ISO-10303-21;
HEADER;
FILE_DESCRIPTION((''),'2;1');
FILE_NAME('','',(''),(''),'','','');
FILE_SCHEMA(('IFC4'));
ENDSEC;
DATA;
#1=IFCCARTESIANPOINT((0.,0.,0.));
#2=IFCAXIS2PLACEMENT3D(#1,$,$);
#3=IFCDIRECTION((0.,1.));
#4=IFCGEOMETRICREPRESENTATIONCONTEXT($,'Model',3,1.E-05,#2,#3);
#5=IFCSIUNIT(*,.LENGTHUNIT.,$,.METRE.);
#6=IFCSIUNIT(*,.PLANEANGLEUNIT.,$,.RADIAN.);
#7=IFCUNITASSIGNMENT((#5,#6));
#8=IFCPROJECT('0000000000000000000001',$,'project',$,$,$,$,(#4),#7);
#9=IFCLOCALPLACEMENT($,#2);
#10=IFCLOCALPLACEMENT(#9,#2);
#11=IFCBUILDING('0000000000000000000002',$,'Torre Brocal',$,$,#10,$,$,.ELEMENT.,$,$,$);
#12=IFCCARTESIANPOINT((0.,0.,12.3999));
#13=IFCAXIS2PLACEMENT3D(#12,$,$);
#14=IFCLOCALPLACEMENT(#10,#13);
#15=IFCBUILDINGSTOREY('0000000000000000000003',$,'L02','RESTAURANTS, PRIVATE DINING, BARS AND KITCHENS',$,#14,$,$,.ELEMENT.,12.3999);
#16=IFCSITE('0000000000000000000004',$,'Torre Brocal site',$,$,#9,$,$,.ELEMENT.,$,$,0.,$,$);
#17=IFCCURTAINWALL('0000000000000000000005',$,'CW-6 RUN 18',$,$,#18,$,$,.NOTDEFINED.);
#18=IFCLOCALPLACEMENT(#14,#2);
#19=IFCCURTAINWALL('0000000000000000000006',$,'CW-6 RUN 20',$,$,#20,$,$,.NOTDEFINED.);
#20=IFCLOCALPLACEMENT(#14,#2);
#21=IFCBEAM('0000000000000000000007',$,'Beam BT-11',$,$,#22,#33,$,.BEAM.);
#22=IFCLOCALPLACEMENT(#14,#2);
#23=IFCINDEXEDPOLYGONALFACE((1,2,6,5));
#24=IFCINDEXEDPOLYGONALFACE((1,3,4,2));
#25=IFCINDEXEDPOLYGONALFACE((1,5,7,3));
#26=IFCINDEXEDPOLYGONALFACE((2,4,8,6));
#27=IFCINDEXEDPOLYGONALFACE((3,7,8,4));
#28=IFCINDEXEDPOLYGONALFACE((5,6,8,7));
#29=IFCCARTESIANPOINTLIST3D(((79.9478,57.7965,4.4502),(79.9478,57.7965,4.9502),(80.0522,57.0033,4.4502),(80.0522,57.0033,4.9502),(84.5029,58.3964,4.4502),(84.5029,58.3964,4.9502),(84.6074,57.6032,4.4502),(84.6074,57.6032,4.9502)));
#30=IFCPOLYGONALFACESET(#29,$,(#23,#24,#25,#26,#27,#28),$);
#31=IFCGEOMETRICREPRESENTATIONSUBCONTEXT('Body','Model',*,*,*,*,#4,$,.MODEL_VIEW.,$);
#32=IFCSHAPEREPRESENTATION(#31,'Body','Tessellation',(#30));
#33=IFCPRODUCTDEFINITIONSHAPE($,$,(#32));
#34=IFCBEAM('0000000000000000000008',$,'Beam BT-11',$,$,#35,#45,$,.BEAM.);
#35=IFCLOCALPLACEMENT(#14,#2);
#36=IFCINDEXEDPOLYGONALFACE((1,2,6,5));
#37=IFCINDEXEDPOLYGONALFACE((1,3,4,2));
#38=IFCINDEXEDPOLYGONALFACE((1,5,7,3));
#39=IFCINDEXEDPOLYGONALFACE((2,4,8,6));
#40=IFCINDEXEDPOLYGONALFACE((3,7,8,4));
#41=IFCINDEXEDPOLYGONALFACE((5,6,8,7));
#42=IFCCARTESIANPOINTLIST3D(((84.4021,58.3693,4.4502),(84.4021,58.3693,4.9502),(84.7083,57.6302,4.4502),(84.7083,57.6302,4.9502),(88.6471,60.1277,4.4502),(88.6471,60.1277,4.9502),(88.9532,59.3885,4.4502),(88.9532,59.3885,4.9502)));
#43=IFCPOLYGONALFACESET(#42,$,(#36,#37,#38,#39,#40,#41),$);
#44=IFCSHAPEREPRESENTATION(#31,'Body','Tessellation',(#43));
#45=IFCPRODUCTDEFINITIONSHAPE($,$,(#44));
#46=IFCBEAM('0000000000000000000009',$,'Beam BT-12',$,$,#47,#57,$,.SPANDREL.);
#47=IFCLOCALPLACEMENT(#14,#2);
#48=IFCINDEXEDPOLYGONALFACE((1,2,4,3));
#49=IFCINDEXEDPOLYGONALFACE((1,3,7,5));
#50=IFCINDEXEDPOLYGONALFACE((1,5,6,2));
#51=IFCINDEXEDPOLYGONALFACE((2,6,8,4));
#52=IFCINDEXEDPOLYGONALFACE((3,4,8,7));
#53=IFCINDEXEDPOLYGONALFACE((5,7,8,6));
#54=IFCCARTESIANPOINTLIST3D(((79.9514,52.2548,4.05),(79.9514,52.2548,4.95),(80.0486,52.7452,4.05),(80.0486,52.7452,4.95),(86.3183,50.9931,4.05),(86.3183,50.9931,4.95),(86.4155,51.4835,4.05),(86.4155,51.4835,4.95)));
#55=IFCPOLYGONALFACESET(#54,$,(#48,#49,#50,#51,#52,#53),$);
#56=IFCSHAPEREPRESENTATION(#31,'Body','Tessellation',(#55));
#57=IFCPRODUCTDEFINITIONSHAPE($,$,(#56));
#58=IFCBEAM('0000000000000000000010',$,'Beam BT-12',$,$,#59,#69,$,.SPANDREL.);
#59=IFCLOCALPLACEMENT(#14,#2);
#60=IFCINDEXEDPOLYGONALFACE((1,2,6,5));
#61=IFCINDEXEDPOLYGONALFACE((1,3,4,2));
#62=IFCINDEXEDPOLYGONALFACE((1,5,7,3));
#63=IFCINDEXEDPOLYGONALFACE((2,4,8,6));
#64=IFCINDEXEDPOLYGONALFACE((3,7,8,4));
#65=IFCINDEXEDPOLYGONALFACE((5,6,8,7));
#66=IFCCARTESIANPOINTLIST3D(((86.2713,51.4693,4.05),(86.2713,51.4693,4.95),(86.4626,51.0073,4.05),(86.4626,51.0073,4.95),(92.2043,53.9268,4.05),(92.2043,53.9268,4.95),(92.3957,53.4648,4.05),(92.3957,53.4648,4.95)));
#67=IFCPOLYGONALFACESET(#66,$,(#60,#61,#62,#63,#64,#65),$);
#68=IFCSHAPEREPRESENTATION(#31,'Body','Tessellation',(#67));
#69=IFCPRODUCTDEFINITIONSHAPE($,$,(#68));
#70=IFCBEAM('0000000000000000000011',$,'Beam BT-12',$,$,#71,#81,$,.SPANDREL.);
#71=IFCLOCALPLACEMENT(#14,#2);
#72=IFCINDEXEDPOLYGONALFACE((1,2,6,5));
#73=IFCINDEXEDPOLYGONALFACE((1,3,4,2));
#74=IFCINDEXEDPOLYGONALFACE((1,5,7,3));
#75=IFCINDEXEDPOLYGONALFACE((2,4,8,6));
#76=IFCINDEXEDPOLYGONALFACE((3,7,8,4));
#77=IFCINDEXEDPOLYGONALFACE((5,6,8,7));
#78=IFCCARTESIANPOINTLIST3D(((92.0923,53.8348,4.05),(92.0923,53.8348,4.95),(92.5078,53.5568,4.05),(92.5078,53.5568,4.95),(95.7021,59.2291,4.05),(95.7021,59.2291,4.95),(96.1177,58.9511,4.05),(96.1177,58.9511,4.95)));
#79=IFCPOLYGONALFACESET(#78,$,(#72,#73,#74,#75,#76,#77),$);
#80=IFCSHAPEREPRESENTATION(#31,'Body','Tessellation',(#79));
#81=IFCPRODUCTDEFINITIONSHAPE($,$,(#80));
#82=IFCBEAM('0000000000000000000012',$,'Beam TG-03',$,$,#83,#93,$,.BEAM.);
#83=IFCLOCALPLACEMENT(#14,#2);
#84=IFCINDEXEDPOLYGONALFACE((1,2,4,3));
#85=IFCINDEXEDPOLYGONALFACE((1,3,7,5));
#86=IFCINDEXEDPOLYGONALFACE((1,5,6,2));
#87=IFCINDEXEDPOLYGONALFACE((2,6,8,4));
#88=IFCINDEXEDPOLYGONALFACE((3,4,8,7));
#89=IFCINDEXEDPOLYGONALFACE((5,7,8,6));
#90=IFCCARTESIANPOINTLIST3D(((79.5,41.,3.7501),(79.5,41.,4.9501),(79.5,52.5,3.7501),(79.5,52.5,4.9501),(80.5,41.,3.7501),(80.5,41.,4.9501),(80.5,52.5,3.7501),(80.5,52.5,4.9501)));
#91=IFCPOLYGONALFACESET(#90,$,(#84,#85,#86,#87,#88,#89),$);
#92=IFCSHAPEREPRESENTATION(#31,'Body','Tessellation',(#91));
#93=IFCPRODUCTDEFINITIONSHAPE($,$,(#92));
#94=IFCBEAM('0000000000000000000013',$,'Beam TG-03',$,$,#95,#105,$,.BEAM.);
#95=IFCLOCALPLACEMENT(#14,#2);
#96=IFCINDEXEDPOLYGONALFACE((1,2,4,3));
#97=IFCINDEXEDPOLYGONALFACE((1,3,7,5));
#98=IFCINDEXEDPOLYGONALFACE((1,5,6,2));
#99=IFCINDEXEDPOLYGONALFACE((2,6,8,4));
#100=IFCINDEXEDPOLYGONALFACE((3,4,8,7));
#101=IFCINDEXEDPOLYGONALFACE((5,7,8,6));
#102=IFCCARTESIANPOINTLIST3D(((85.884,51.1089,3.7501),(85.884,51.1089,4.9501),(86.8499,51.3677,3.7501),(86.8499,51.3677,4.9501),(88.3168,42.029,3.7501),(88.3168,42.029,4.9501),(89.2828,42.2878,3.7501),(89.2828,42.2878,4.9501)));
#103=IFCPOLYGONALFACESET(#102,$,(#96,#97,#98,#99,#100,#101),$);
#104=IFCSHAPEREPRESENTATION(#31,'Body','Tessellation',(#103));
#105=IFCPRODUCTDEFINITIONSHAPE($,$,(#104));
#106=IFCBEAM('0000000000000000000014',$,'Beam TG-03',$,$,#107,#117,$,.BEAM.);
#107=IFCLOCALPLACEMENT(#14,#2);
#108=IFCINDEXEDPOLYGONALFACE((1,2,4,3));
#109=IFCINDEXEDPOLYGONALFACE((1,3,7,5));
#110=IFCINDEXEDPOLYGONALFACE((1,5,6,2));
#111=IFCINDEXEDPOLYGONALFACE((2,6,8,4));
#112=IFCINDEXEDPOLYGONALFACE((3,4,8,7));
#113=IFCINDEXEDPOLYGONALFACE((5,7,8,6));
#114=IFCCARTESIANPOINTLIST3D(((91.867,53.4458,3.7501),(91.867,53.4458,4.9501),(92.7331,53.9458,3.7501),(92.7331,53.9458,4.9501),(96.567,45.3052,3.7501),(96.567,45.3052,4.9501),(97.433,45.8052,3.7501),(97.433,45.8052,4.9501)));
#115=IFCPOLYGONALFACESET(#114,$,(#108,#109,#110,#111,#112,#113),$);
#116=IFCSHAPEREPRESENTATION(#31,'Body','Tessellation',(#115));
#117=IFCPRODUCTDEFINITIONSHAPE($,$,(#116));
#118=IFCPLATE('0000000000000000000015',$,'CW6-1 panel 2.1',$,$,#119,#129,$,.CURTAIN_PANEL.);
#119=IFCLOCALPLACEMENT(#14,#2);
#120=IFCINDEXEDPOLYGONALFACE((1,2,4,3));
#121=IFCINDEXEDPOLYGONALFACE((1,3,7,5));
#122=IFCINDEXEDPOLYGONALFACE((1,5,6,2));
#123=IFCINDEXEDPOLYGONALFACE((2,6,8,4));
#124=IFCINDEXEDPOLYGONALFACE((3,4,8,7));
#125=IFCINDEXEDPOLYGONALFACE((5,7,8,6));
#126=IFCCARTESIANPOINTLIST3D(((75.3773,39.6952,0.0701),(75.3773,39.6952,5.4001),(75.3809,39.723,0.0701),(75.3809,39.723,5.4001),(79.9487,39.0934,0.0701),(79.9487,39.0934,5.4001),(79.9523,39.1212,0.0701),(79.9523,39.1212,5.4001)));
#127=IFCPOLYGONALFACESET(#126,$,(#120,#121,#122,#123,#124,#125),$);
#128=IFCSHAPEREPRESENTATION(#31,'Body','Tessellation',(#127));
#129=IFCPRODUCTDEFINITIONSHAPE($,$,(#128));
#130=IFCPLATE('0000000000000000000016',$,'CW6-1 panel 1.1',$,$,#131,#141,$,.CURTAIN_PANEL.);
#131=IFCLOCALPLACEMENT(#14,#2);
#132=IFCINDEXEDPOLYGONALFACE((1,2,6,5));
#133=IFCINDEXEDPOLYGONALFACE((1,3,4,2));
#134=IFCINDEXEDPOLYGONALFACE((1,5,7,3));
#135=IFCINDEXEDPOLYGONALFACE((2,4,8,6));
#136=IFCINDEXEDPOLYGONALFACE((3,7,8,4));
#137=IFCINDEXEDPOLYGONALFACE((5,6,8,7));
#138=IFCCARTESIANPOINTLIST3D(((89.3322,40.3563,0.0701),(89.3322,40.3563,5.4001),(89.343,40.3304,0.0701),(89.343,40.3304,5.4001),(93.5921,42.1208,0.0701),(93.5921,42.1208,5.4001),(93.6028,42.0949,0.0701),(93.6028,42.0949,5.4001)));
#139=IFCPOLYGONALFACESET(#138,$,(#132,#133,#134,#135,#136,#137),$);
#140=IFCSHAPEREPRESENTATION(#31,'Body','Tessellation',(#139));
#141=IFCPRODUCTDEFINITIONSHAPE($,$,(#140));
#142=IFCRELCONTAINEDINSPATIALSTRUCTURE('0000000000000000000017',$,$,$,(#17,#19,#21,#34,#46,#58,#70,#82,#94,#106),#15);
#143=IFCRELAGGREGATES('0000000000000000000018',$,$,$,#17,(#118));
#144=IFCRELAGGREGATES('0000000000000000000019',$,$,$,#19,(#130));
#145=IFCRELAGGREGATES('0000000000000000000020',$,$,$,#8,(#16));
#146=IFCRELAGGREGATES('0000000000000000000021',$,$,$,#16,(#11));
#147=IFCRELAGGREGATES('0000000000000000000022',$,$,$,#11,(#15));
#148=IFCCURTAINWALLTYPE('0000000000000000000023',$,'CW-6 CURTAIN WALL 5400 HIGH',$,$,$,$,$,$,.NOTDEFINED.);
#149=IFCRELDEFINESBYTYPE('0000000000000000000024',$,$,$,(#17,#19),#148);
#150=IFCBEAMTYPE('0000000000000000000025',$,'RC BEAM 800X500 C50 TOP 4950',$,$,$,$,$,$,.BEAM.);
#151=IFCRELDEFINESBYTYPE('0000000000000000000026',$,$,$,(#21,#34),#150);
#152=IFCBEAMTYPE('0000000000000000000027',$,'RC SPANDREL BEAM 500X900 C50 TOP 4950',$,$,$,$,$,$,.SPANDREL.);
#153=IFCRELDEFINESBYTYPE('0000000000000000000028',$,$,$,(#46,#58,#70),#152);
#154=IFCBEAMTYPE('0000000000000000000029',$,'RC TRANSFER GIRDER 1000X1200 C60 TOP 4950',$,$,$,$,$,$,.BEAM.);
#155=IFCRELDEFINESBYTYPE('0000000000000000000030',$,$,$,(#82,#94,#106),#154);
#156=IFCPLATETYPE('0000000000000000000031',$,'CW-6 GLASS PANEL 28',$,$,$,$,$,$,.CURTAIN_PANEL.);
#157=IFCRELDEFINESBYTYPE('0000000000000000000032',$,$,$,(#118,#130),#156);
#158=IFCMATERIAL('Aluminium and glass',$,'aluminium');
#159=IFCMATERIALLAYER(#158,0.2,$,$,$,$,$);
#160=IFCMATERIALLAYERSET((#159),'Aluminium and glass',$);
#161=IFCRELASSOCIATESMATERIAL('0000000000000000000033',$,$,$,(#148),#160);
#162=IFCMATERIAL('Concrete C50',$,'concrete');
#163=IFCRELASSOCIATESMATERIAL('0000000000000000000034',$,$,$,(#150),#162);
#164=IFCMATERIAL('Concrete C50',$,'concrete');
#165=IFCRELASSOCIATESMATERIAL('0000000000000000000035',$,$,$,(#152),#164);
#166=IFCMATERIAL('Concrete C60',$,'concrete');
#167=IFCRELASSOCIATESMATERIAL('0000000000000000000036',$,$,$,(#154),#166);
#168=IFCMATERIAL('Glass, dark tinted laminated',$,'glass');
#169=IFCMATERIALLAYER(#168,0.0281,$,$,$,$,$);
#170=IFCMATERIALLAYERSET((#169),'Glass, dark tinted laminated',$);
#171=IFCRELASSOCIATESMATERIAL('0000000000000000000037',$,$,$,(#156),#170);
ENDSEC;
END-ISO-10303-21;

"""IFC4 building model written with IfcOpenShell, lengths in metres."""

from ifc_helpers import new_model, si_unit, direction, frame, origin, origin_2d, place, context, subcontext, project, spatial, rectangle, extrude, material, layer, layer_set, material_profile, profile_set, type_object, element, aggregate, save


model = new_model("IFC4")

# Units and contexts
model_context = context("Model", 3, precision=1e-05, world=origin(), true_north=direction((0.0, 1.0)))
body_context = subcontext(model_context, "Body", "Model", "MODEL_VIEW")
ifc_project = project(units=[si_unit("LENGTHUNIT", "METRE"), si_unit("PLANEANGLEUNIT", "RADIAN")], contexts=[model_context])

# Site, building, storey
site_placement = place(None, origin())
site = spatial("IfcSite", under=ifc_project, at=site_placement, Name="Torre Brocal site", CompositionType="ELEMENT", RefElevation=0.0)
building_placement = place(site_placement, origin())
building = spatial("IfcBuilding", under=site, at=building_placement, Name="Torre Brocal", CompositionType="ELEMENT")
storey_placement = place(building_placement, frame((0.0, 0.0, 12.3999)))
storey = spatial("IfcBuildingStorey", under=building, at=storey_placement, Name="L02", Description="RESTAURANTS, PRIVATE DINING, BARS AND KITCHENS", CompositionType="ELEMENT", Elevation=12.3999)

# Curtain wall
ifc_material_1 = material(Name="Aluminium and glass", Category="aluminium")
ifc_layer_1 = layer(ifc_material_1, 0.2)
ifc_layer_set_1 = layer_set([ifc_layer_1], Name="Aluminium and glass")
curtain_wall_type = type_object("IfcCurtainWallType", Name="CW-6 CURTAIN WALL 5400 HIGH", PredefinedType="NOTDEFINED", material=ifc_layer_set_1)
curtain_wall_1_placement = place(storey_placement, origin())
curtain_wall_1 = element("IfcCurtainWall", 1, at=curtain_wall_1_placement, inside=storey, type_object=curtain_wall_type, Name="CW-6 RUN 18", PredefinedType="NOTDEFINED")

# Curtain wall
curtain_wall_2_placement = place(storey_placement, origin())
curtain_wall_2 = element("IfcCurtainWall", 2, at=curtain_wall_2_placement, inside=storey, type_object=curtain_wall_type, Name="CW-6 RUN 20", PredefinedType="NOTDEFINED")

# Beams
ifc_material_2 = material(Name="Concrete C50", Category="concrete")
ifc_material_profile_1 = material_profile(ifc_material_2, rectangle(XDim=0.8, YDim=0.5, at=origin_2d()), Name="RC 800X500")
ifc_profile_set_1 = profile_set([ifc_material_profile_1], Name="Concrete C50")
beam_type_1 = type_object("IfcBeamType", Name="RC BEAM 800X500 C50 TOP 4950", PredefinedType="BEAM", material=ifc_profile_set_1)
beam_1_placement = place(storey_placement, frame((80.0, 57.3999, 4.7002), z_axis=(0.991441, 0.130559, 0.0), x_axis=(-0.130559, 0.991441, 0.0)))
element("IfcBeam", 3, at=beam_1_placement, inside=storey, type_object=beam_type_1, Name="Beam BT-11", PredefinedType="BEAM", context=body_context, shape_type="SweptSolid", body=[
    extrude(rectangle(XDim=0.8, YDim=0.5, at=origin_2d()), origin(), (0.0, 0.0, 1.0), 4.5945),
])
beam_2_placement = place(storey_placement, frame((84.5552, 57.9998, 4.7002), z_axis=(0.923878, 0.382687, 0.0), x_axis=(-0.382687, 0.923878, 0.0)))
element("IfcBeam", 4, at=beam_2_placement, inside=storey, type_object=beam_type_1, Name="Beam BT-11", PredefinedType="BEAM", context=body_context, shape_type="SweptSolid", body=[
    extrude(rectangle(XDim=0.8, YDim=0.5, at=origin_2d()), origin(), (0.0, 0.0, 1.0), 4.5947),
])
ifc_material_3 = material(Name="Concrete C50", Category="concrete")
ifc_material_profile_2 = material_profile(ifc_material_3, rectangle(XDim=0.5, YDim=0.8999, at=origin_2d()), Name="RC 500X900")
ifc_profile_set_2 = profile_set([ifc_material_profile_2], Name="Concrete C50")
beam_type_2 = type_object("IfcBeamType", Name="RC SPANDREL BEAM 500X900 C50 TOP 4950", PredefinedType="SPANDREL", material=ifc_profile_set_2)
beam_3_placement = place(storey_placement, frame((80.0, 52.5, 4.5), z_axis=(0.980925, -0.194387, 0.0), x_axis=(0.194387, 0.980925, 0.0)))
element("IfcBeam", 5, at=beam_3_placement, inside=storey, type_object=beam_type_2, Name="Beam BT-12", PredefinedType="SPANDREL", context=body_context, shape_type="SweptSolid", body=[
    extrude(rectangle(XDim=0.5, YDim=0.8999, at=origin_2d()), origin(), (0.0, 0.0, 1.0), 6.4907),
])
beam_4_placement = place(storey_placement, frame((86.3669, 51.2383, 4.5), z_axis=(0.923882, 0.382676, 0.0), x_axis=(-0.382676, 0.923882, 0.0)))
element("IfcBeam", 6, at=beam_4_placement, inside=storey, type_object=beam_type_2, Name="Beam BT-12", PredefinedType="SPANDREL", context=body_context, shape_type="SweptSolid", body=[
    extrude(rectangle(XDim=0.5, YDim=0.8999, at=origin_2d()), origin(), (0.0, 0.0, 1.0), 6.4219),
])
beam_5_placement = place(storey_placement, frame((92.3, 53.6958, 4.5), z_axis=(0.556158, 0.831077, 0.0), x_axis=(-0.831077, 0.556158, 0.0)))
element("IfcBeam", 7, at=beam_5_placement, inside=storey, type_object=beam_type_2, Name="Beam BT-12", PredefinedType="SPANDREL", context=body_context, shape_type="SweptSolid", body=[
    extrude(rectangle(XDim=0.5, YDim=0.8999, at=origin_2d()), origin(), (0.0, 0.0, 1.0), 6.4907),
])
ifc_material_4 = material(Name="Concrete C60", Category="concrete")
ifc_material_profile_3 = material_profile(ifc_material_4, rectangle(XDim=1.0, YDim=1.2, at=origin_2d()), Name="RC 1000X1200")
ifc_profile_set_3 = profile_set([ifc_material_profile_3], Name="Concrete C60")
beam_type_3 = type_object("IfcBeamType", Name="RC TRANSFER GIRDER 1000X1200 C60 TOP 4950", PredefinedType="BEAM", material=ifc_profile_set_3)
beam_6_placement = place(storey_placement, frame((80.0, 52.5, 4.3501), z_axis=(0.0, -1.0, 0.0), x_axis=(1.0, 0.0, 0.0)))
element("IfcBeam", 8, at=beam_6_placement, inside=storey, type_object=beam_type_3, Name="Beam TG-03", PredefinedType="BEAM", context=body_context, shape_type="SweptSolid", body=[
    extrude(rectangle(XDim=1.0, YDim=1.2, at=origin_2d()), origin(), (0.0, 0.0, 1.0), 11.5),
])
beam_7_placement = place(storey_placement, frame((86.3669, 51.2383, 4.3501), z_axis=(0.258812, -0.965928, 0.0), x_axis=(0.965928, 0.258812, 0.0)))
element("IfcBeam", 9, at=beam_7_placement, inside=storey, type_object=beam_type_3, Name="Beam TG-03", PredefinedType="BEAM", context=body_context, shape_type="SweptSolid", body=[
    extrude(rectangle(XDim=1.0, YDim=1.2, at=origin_2d()), origin(), (0.0, 0.0, 1.0), 9.4001),
])
beam_8_placement = place(storey_placement, frame((92.3, 53.6958, 4.3501), z_axis=(0.499997, -0.866027, 0.0), x_axis=(0.866027, 0.499997, 0.0)))
element("IfcBeam", 10, at=beam_8_placement, inside=storey, type_object=beam_type_3, Name="Beam TG-03", PredefinedType="BEAM", context=body_context, shape_type="SweptSolid", body=[
    extrude(rectangle(XDim=1.0, YDim=1.2, at=origin_2d()), origin(), (0.0, 0.0, 1.0), 9.3999),
])

# Plates
ifc_material_5 = material(Name="Glass, dark tinted laminated", Category="glass")
ifc_layer_2 = layer(ifc_material_5, 0.0281)
ifc_layer_set_2 = layer_set([ifc_layer_2], Name="Glass, dark tinted laminated")
plate_type = type_object("IfcPlateType", Name="CW-6 GLASS PANEL 28", PredefinedType="CURTAIN_PANEL", material=ifc_layer_set_2)
plate_1_placement = place(storey_placement, frame((77.6648, 39.4082, 0.0701), z_axis=(0.0, 0.0, 1.0), x_axis=(0.991445, -0.130526, 0.0)))
plate_1 = element("IfcPlate", 11, at=plate_1_placement, type_object=plate_type, Name="CW6-1 panel 2.1", PredefinedType="CURTAIN_PANEL", context=body_context, shape_type="SweptSolid", body=[
    extrude(rectangle(XDim=4.6108, YDim=0.0281, at=origin_2d()), origin(), (0.0, 0.0, 1.0), 5.3301),
])
aggregate(curtain_wall_1, [plate_1])
plate_2_placement = place(storey_placement, frame((91.4675, 41.2256, 0.0701), z_axis=(0.0, 0.0, 1.0), x_axis=(0.92388, 0.382683, 0.0)))
plate_2 = element("IfcPlate", 12, at=plate_2_placement, type_object=plate_type, Name="CW6-1 panel 1.1", PredefinedType="CURTAIN_PANEL", context=body_context, shape_type="SweptSolid", body=[
    extrude(rectangle(XDim=4.6108, YDim=0.0281, at=origin_2d()), origin(), (0.0, 0.0, 1.0), 5.3301),
])
aggregate(curtain_wall_2, [plate_2])

save(model, "model.ifc")
